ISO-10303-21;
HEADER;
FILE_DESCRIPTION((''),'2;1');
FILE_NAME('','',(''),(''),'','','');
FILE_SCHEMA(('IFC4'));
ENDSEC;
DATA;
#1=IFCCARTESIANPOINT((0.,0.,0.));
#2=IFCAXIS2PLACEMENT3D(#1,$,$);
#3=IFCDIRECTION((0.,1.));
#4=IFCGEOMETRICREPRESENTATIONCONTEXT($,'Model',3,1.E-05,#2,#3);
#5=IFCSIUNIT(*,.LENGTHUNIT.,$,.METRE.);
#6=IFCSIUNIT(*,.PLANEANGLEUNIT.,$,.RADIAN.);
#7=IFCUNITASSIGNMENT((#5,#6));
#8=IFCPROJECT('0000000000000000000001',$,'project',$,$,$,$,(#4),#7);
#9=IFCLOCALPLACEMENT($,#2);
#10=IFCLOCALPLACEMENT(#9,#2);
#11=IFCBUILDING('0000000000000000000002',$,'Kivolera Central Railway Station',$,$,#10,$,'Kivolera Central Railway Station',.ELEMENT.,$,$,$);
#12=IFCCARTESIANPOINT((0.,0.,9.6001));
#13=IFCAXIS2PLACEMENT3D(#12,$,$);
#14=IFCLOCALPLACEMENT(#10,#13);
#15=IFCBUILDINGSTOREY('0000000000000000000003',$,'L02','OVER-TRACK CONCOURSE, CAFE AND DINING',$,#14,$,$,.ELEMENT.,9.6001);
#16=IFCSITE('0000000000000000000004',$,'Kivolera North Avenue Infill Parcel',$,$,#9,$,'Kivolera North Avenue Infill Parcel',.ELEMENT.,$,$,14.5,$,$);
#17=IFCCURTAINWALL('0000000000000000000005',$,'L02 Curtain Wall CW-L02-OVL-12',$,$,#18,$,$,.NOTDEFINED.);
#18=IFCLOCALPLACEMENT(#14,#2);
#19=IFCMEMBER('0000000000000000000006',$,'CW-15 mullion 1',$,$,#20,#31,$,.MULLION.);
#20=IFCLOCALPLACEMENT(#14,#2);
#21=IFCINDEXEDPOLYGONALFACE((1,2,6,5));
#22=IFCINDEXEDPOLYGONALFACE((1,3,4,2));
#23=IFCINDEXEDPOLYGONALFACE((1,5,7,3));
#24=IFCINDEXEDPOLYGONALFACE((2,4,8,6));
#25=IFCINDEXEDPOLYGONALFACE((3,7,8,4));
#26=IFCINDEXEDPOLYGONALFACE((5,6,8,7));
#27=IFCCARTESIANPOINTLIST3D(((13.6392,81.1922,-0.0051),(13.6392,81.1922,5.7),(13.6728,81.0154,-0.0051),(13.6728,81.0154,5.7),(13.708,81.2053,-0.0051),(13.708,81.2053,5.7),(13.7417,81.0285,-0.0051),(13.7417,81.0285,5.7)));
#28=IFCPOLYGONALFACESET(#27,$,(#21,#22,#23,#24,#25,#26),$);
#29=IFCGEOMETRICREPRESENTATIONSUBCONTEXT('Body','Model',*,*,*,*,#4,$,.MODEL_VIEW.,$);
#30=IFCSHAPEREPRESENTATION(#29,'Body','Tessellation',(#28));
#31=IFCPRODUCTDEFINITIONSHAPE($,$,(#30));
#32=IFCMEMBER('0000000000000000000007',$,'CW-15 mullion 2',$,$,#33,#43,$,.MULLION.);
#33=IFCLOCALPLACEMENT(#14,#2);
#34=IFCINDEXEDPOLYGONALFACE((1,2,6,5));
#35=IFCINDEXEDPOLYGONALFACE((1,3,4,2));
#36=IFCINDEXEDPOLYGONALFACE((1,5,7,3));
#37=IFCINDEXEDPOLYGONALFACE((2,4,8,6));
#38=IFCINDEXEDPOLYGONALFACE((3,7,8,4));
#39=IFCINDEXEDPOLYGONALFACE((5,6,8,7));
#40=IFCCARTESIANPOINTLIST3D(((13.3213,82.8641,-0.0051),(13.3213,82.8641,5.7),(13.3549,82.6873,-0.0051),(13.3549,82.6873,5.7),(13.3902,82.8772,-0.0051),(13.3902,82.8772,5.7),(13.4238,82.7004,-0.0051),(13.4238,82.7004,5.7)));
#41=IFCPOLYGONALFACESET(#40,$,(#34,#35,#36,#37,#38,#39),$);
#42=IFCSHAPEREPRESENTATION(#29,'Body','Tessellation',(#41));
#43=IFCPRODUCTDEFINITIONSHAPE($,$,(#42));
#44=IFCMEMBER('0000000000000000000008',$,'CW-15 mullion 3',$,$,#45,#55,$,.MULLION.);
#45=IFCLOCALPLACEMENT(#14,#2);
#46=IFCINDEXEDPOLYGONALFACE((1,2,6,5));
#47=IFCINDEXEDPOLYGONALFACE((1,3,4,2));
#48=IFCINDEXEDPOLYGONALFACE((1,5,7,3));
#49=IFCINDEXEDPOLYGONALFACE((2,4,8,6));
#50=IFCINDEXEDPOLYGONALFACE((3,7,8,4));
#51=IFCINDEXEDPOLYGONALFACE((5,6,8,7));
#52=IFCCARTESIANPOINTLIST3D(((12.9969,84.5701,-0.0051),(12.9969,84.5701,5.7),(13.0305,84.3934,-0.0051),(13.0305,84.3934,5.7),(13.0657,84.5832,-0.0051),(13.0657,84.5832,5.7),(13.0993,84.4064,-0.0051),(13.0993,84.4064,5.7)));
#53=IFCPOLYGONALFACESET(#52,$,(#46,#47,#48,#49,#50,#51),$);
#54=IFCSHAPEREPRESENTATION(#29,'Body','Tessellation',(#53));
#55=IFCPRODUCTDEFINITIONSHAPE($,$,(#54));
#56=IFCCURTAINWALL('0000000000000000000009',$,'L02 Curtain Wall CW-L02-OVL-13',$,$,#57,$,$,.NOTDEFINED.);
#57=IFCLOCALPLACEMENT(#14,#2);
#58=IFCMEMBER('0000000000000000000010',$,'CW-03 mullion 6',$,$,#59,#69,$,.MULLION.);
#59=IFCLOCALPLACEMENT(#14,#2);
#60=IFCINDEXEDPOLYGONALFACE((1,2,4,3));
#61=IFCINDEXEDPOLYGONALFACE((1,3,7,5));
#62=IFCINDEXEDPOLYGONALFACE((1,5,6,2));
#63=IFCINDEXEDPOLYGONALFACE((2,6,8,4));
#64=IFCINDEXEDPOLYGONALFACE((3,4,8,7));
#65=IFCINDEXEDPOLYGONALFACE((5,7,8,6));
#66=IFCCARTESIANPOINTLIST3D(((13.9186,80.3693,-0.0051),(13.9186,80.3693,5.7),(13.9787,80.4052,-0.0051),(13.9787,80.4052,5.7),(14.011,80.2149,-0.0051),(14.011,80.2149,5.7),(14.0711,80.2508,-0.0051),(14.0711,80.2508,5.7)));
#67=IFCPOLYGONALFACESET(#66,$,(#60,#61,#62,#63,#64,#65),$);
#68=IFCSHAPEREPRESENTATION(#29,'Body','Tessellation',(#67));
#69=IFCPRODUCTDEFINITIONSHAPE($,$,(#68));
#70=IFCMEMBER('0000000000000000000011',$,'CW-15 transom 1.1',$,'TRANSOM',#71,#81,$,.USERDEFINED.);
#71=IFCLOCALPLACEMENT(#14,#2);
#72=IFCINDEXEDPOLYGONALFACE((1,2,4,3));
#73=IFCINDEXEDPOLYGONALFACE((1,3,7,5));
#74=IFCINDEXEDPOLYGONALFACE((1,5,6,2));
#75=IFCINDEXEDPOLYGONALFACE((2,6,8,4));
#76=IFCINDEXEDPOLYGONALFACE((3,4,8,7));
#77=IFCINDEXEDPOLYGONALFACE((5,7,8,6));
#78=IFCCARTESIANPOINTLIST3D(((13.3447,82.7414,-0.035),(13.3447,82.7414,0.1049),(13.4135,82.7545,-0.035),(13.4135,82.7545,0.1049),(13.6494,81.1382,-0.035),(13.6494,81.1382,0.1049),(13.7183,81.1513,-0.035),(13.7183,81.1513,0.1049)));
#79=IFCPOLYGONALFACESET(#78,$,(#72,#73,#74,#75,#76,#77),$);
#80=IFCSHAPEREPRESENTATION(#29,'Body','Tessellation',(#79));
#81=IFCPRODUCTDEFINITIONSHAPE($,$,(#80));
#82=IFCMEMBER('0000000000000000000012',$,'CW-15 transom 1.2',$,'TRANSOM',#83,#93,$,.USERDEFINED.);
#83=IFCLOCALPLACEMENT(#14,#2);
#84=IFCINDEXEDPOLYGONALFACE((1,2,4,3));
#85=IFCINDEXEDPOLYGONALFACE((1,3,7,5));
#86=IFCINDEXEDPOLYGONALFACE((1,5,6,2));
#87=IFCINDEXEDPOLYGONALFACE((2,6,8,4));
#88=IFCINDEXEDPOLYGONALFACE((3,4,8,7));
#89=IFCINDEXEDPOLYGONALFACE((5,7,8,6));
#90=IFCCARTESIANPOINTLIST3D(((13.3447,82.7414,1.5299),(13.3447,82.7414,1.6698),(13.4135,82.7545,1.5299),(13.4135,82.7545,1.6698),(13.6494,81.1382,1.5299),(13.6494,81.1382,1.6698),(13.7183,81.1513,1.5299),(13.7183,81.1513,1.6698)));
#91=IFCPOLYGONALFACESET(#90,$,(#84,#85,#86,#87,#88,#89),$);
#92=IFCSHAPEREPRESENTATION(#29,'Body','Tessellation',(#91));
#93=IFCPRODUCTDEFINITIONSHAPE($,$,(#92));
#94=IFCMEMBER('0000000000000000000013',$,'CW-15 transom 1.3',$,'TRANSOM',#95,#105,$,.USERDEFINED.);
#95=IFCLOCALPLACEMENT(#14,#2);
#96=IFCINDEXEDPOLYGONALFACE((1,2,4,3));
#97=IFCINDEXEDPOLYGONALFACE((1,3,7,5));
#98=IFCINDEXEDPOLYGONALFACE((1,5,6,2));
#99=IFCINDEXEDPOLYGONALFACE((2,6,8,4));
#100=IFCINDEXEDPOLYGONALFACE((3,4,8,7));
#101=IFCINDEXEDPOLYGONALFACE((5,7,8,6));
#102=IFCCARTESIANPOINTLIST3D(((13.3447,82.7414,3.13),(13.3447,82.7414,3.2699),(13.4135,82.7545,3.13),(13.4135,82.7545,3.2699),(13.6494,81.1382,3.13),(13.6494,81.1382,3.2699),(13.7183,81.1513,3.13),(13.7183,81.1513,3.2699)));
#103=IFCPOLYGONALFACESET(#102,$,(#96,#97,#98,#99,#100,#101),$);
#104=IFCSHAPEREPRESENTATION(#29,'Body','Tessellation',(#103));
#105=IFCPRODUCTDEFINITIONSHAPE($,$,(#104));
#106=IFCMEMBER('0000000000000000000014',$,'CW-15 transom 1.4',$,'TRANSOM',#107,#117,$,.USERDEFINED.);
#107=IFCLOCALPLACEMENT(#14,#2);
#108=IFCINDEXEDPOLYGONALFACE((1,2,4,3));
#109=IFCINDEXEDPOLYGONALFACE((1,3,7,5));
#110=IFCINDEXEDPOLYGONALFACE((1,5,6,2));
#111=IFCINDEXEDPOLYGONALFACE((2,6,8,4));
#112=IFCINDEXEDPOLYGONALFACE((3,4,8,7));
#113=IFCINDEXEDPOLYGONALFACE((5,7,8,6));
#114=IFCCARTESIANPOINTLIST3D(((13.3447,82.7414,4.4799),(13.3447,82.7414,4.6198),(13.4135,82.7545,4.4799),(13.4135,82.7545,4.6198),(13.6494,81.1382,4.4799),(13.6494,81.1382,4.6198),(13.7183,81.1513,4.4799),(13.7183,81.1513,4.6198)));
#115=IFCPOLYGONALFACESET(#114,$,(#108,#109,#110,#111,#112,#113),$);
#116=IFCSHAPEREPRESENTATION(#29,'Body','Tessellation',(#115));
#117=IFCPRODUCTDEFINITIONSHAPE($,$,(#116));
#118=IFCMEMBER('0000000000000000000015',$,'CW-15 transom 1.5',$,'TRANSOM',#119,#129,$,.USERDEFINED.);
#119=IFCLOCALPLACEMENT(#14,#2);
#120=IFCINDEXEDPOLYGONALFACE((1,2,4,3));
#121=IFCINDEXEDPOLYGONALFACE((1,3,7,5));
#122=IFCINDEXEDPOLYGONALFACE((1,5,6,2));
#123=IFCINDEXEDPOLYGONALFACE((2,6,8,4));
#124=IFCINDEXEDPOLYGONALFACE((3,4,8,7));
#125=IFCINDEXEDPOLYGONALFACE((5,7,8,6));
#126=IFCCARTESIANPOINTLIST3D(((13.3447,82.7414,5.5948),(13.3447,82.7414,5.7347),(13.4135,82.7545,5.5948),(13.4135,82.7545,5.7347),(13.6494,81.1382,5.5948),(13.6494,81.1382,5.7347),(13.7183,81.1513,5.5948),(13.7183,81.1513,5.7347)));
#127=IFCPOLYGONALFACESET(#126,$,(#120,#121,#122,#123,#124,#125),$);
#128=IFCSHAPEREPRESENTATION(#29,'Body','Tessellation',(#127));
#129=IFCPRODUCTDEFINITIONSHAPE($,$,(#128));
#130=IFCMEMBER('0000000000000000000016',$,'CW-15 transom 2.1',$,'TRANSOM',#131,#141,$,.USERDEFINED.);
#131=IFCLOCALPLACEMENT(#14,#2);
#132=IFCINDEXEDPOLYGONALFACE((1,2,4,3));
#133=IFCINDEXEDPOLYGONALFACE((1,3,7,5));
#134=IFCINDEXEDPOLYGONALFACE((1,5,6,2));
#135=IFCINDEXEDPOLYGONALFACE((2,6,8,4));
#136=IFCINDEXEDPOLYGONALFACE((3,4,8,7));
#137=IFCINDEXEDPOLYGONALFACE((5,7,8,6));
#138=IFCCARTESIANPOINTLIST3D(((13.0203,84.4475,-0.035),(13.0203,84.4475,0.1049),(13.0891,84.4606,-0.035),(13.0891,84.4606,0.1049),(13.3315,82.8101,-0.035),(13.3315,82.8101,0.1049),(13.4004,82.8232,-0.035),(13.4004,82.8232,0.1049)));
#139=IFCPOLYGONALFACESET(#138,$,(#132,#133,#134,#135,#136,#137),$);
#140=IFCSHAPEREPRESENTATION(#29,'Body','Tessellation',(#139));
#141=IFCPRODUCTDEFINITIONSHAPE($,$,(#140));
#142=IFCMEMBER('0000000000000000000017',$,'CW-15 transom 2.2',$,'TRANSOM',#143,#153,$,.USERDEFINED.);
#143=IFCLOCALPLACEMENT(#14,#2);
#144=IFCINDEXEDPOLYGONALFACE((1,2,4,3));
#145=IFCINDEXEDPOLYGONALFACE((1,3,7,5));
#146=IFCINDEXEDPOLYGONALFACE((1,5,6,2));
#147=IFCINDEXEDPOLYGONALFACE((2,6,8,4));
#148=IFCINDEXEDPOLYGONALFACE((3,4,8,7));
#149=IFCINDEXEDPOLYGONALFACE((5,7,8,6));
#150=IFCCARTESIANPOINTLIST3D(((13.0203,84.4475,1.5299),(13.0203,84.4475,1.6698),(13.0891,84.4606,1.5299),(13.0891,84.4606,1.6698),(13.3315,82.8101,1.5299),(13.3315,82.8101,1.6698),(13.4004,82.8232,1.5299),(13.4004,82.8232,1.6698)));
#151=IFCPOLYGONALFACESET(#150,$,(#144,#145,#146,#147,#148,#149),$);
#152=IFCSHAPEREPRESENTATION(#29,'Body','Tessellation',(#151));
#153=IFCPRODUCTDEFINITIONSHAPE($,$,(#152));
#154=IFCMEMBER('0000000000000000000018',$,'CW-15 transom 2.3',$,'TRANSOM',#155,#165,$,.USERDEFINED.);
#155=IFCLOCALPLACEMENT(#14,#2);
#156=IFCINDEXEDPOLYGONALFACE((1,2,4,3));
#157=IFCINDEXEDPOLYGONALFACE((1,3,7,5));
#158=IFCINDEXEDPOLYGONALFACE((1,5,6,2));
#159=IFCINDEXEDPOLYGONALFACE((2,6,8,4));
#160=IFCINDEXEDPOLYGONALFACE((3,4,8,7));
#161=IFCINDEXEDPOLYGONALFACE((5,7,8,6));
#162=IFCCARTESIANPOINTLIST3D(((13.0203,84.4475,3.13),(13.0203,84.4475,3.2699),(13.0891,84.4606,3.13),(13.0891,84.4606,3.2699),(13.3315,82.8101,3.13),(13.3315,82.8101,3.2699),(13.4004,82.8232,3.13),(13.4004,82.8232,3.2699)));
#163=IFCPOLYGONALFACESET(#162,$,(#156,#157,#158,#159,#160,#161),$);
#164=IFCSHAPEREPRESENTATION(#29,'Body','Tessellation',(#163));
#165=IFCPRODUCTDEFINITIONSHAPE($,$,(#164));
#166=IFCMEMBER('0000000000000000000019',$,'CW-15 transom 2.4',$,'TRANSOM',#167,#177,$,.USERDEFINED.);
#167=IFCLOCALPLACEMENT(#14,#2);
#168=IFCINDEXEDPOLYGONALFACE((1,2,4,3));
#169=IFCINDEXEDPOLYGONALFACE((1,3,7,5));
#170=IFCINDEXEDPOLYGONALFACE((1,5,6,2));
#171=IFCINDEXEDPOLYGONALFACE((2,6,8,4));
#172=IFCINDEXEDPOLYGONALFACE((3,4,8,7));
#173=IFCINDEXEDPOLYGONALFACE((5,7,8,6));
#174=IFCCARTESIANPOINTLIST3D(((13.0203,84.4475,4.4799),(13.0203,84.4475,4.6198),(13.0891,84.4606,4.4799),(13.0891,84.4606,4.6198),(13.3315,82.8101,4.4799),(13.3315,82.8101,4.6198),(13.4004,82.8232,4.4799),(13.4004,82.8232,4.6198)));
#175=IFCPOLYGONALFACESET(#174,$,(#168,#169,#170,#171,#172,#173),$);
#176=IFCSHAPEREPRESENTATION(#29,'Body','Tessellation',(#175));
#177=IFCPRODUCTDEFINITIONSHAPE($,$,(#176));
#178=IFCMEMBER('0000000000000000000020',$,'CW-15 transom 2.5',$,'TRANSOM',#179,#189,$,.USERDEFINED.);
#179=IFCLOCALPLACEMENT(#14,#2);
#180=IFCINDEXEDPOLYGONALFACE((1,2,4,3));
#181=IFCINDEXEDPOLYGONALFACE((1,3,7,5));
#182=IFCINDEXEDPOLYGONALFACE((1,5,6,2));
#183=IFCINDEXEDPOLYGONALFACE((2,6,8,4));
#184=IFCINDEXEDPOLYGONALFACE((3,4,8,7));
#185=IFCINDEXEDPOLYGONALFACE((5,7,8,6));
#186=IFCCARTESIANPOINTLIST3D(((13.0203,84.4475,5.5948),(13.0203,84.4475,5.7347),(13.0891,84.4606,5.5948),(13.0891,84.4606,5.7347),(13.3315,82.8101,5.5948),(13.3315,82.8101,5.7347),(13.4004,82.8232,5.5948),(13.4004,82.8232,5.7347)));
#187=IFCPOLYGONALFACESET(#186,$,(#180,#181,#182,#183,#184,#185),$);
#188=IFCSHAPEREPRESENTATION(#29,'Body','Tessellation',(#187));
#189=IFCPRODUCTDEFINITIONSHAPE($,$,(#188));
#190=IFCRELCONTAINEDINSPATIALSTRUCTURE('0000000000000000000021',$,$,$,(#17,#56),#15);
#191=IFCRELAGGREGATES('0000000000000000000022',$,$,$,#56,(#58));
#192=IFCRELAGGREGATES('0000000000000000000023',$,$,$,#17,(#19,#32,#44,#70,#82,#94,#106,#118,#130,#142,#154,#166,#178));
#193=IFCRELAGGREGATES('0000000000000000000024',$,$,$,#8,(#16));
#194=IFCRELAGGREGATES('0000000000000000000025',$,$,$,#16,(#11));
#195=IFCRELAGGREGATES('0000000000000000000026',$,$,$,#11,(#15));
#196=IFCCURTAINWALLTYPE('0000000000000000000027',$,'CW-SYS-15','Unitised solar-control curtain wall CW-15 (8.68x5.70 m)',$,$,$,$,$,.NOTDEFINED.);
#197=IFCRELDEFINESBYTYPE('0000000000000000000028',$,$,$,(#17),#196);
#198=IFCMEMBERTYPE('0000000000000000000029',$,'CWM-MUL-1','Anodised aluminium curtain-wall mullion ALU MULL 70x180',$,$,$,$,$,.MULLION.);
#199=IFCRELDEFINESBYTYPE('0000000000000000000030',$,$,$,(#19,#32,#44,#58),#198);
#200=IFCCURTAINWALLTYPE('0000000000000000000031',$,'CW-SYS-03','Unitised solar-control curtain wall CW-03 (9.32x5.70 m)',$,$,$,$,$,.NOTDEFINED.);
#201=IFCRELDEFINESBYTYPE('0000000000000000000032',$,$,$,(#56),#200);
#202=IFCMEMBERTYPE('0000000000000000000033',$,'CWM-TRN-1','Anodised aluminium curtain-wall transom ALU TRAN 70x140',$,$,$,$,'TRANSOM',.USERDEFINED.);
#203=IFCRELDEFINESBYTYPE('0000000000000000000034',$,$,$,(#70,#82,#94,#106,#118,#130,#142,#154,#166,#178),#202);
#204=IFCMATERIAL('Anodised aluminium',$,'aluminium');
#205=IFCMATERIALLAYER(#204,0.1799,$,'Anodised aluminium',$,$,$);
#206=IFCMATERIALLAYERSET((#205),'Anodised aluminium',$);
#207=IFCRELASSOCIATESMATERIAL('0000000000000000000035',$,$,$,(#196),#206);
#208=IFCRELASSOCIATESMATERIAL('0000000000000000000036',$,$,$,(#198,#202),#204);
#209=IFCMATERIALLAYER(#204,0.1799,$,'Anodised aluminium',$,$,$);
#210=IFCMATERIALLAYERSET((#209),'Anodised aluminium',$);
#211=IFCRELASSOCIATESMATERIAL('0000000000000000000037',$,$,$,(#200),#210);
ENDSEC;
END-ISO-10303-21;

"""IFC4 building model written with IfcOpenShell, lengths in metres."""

from ifc_helpers import new_model, si_unit, direction, frame, origin, origin_2d, place, context, subcontext, project, spatial, rectangle, extrude, material, layer, layer_set, material_profile, profile_set, type_object, element, aggregate, save


model = new_model("IFC4")

# Units and contexts
model_context = context("Model", 3, precision=1e-05, world=origin(), true_north=direction((0.0, 1.0)))
body_context = subcontext(model_context, "Body", "Model", "MODEL_VIEW")
ifc_project = project(units=[si_unit("LENGTHUNIT", "METRE"), si_unit("PLANEANGLEUNIT", "RADIAN")], contexts=[model_context])

# Site, building, storey
site_placement = place(None, origin())
site = spatial("IfcSite", under=ifc_project, at=site_placement, Name="Kivolera North Avenue Infill Parcel", LongName="Kivolera North Avenue Infill Parcel", CompositionType="ELEMENT", RefElevation=14.5)
building_placement = place(site_placement, origin())
building = spatial("IfcBuilding", under=site, at=building_placement, Name="Kivolera Central Railway Station", LongName="Kivolera Central Railway Station", CompositionType="ELEMENT")
storey_placement = place(building_placement, frame((0.0, 0.0, 9.6001)))
storey = spatial("IfcBuildingStorey", under=building, at=storey_placement, Name="L02", Description="OVER-TRACK CONCOURSE, CAFE AND DINING", CompositionType="ELEMENT", Elevation=9.6001)

# Curtain wall, members
ifc_material_1 = material(Name="Anodised aluminium", Category="aluminium")
ifc_layer_1 = layer(ifc_material_1, 0.1799, Name="Anodised aluminium")
ifc_layer_set_1 = layer_set([ifc_layer_1], Name="Anodised aluminium")
curtain_wall_type_1 = type_object("IfcCurtainWallType", Name="CW-SYS-15", Description="Unitised solar-control curtain wall CW-15 (8.68x5.70 m)", PredefinedType="NOTDEFINED", material=ifc_layer_set_1)
curtain_wall_1_placement = place(storey_placement, origin())
curtain_wall_1 = element("IfcCurtainWall", 1, at=curtain_wall_1_placement, inside=storey, type_object=curtain_wall_type_1, Name="L02 Curtain Wall CW-L02-OVL-12", PredefinedType="NOTDEFINED")
ifc_material_profile_1 = material_profile(ifc_material_1, rectangle(XDim=0.0701, YDim=0.1799, at=origin_2d()), Name="ALU MULL 70x180")
ifc_profile_set_1 = profile_set([ifc_material_profile_1], Name="Anodised aluminium")
member_type_1 = type_object("IfcMemberType", Name="CWM-MUL-1", Description="Anodised aluminium curtain-wall mullion ALU MULL 70x180", PredefinedType="MULLION", material=ifc_profile_set_1)
member_1_placement = place(storey_placement, frame((13.6904, 81.1104, -0.0051), z_axis=(0.0, 0.0, 1.0), x_axis=(-0.982401, -0.186784, 0.0)))
member_1 = element("IfcMember", 2, at=member_1_placement, type_object=member_type_1, Name="CW-15 mullion 1", PredefinedType="MULLION", context=body_context, shape_type="SweptSolid", body=[
    extrude(rectangle(XDim=0.0701, YDim=0.1799, at=origin_2d()), origin(), (0.0, 0.0, 1.0), 5.7051),
])
member_2_placement = place(storey_placement, frame((13.3726, 82.7822, -0.0051), z_axis=(0.0, 0.0, 1.0), x_axis=(-0.982401, -0.186784, 0.0)))
member_2 = element("IfcMember", 3, at=member_2_placement, type_object=member_type_1, Name="CW-15 mullion 2", PredefinedType="MULLION", context=body_context, shape_type="SweptSolid", body=[
    extrude(rectangle(XDim=0.0701, YDim=0.1799, at=origin_2d()), origin(), (0.0, 0.0, 1.0), 5.7051),
])
member_3_placement = place(storey_placement, frame((13.0481, 84.4883, -0.0051), z_axis=(0.0, 0.0, 1.0), x_axis=(-0.982401, -0.186784, 0.0)))
member_3 = element("IfcMember", 4, at=member_3_placement, type_object=member_type_1, Name="CW-15 mullion 3", PredefinedType="MULLION", context=body_context, shape_type="SweptSolid", body=[
    extrude(rectangle(XDim=0.0701, YDim=0.1799, at=origin_2d()), origin(), (0.0, 0.0, 1.0), 5.7051),
])

# Curtain wall, member
ifc_layer_2 = layer(ifc_material_1, 0.1799, Name="Anodised aluminium")
ifc_layer_set_2 = layer_set([ifc_layer_2], Name="Anodised aluminium")
curtain_wall_type_2 = type_object("IfcCurtainWallType", Name="CW-SYS-03", Description="Unitised solar-control curtain wall CW-03 (9.32x5.70 m)", PredefinedType="NOTDEFINED", material=ifc_layer_set_2)
curtain_wall_2_placement = place(storey_placement, origin())
curtain_wall_2 = element("IfcCurtainWall", 5, at=curtain_wall_2_placement, inside=storey, type_object=curtain_wall_type_2, Name="L02 Curtain Wall CW-L02-OVL-13", PredefinedType="NOTDEFINED")
member_4_placement = place(storey_placement, frame((13.9949, 80.3101, -0.0051), z_axis=(0.0, 0.0, 1.0), x_axis=(-0.858117, -0.513454, 0.0)))
member_4 = element("IfcMember", 6, at=member_4_placement, type_object=member_type_1, Name="CW-03 mullion 6", PredefinedType="MULLION", context=body_context, shape_type="SweptSolid", body=[
    extrude(rectangle(XDim=0.0701, YDim=0.1799, at=origin_2d()), origin(), (0.0, 0.0, 1.0), 5.7051),
])

# Members
ifc_material_profile_2 = material_profile(ifc_material_1, rectangle(XDim=0.0701, YDim=0.1399, at=origin_2d()), Name="ALU TRAN 70x140")
ifc_profile_set_2 = profile_set([ifc_material_profile_2], Name="Anodised aluminium")
member_type_2 = type_object("IfcMemberType", Name="CWM-TRN-1", Description="Anodised aluminium curtain-wall transom ALU TRAN 70x140", ElementType="TRANSOM", PredefinedType="USERDEFINED", material=ifc_profile_set_2)
member_5_placement = place(storey_placement, frame((13.6838, 81.1448, 0.0349), z_axis=(-0.186727, 0.982412, 0.0), x_axis=(-0.982412, -0.186727, 0.0)))
member_5 = element("IfcMember", 7, at=member_5_placement, type_object=member_type_2, Name="CW-15 transom 1.1", ObjectType="TRANSOM", PredefinedType="USERDEFINED", context=body_context, shape_type="SweptSolid", body=[
    extrude(rectangle(XDim=0.0701, YDim=0.1399, at=origin_2d()), origin(), (0.0, 0.0, 1.0), 1.6318),
])
member_6_placement = place(storey_placement, frame((13.6838, 81.1448, 1.5999), z_axis=(-0.186727, 0.982412, 0.0), x_axis=(-0.982412, -0.186727, 0.0)))
member_6 = element("IfcMember", 8, at=member_6_placement, type_object=member_type_2, Name="CW-15 transom 1.2", ObjectType="TRANSOM", PredefinedType="USERDEFINED", context=body_context, shape_type="SweptSolid", body=[
    extrude(rectangle(XDim=0.0701, YDim=0.1399, at=origin_2d()), origin(), (0.0, 0.0, 1.0), 1.6318),
])
member_7_placement = place(storey_placement, frame((13.6838, 81.1448, 3.2), z_axis=(-0.186727, 0.982412, 0.0), x_axis=(-0.982412, -0.186727, 0.0)))
member_7 = element("IfcMember", 9, at=member_7_placement, type_object=member_type_2, Name="CW-15 transom 1.3", ObjectType="TRANSOM", PredefinedType="USERDEFINED", context=body_context, shape_type="SweptSolid", body=[
    extrude(rectangle(XDim=0.0701, YDim=0.1399, at=origin_2d()), origin(), (0.0, 0.0, 1.0), 1.6318),
])
member_8_placement = place(storey_placement, frame((13.6838, 81.1448, 4.5498), z_axis=(-0.186727, 0.982412, 0.0), x_axis=(-0.982412, -0.186727, 0.0)))
member_8 = element("IfcMember", 10, at=member_8_placement, type_object=member_type_2, Name="CW-15 transom 1.4", ObjectType="TRANSOM", PredefinedType="USERDEFINED", context=body_context, shape_type="SweptSolid", body=[
    extrude(rectangle(XDim=0.0701, YDim=0.1399, at=origin_2d()), origin(), (0.0, 0.0, 1.0), 1.6318),
])
member_9_placement = place(storey_placement, frame((13.6838, 81.1448, 5.6648), z_axis=(-0.186727, 0.982412, 0.0), x_axis=(-0.982412, -0.186727, 0.0)))
member_9 = element("IfcMember", 11, at=member_9_placement, type_object=member_type_2, Name="CW-15 transom 1.5", ObjectType="TRANSOM", PredefinedType="USERDEFINED", context=body_context, shape_type="SweptSolid", body=[
    extrude(rectangle(XDim=0.0701, YDim=0.1399, at=origin_2d()), origin(), (0.0, 0.0, 1.0), 1.6318),
])
member_10_placement = place(storey_placement, frame((13.366, 82.8167, 0.0349), z_axis=(-0.186755, 0.982406, 0.0), x_axis=(-0.982406, -0.186755, 0.0)))
member_10 = element("IfcMember", 12, at=member_10_placement, type_object=member_type_2, Name="CW-15 transom 2.1", ObjectType="TRANSOM", PredefinedType="USERDEFINED", context=body_context, shape_type="SweptSolid", body=[
    extrude(rectangle(XDim=0.0701, YDim=0.1399, at=origin_2d()), origin(), (0.0, 0.0, 1.0), 1.6667),
])
member_11_placement = place(storey_placement, frame((13.366, 82.8167, 1.5999), z_axis=(-0.186755, 0.982406, 0.0), x_axis=(-0.982406, -0.186755, 0.0)))
member_11 = element("IfcMember", 13, at=member_11_placement, type_object=member_type_2, Name="CW-15 transom 2.2", ObjectType="TRANSOM", PredefinedType="USERDEFINED", context=body_context, shape_type="SweptSolid", body=[
    extrude(rectangle(XDim=0.0701, YDim=0.1399, at=origin_2d()), origin(), (0.0, 0.0, 1.0), 1.6667),
])
member_12_placement = place(storey_placement, frame((13.366, 82.8167, 3.2), z_axis=(-0.186755, 0.982406, 0.0), x_axis=(-0.982406, -0.186755, 0.0)))
member_12 = element("IfcMember", 14, at=member_12_placement, type_object=member_type_2, Name="CW-15 transom 2.3", ObjectType="TRANSOM", PredefinedType="USERDEFINED", context=body_context, shape_type="SweptSolid", body=[
    extrude(rectangle(XDim=0.0701, YDim=0.1399, at=origin_2d()), origin(), (0.0, 0.0, 1.0), 1.6667),
])
member_13_placement = place(storey_placement, frame((13.366, 82.8167, 4.5498), z_axis=(-0.186755, 0.982406, 0.0), x_axis=(-0.982406, -0.186755, 0.0)))
member_13 = element("IfcMember", 15, at=member_13_placement, type_object=member_type_2, Name="CW-15 transom 2.4", ObjectType="TRANSOM", PredefinedType="USERDEFINED", context=body_context, shape_type="SweptSolid", body=[
    extrude(rectangle(XDim=0.0701, YDim=0.1399, at=origin_2d()), origin(), (0.0, 0.0, 1.0), 1.6667),
])
member_14_placement = place(storey_placement, frame((13.366, 82.8167, 5.6648), z_axis=(-0.186755, 0.982406, 0.0), x_axis=(-0.982406, -0.186755, 0.0)))
member_14 = element("IfcMember", 16, at=member_14_placement, type_object=member_type_2, Name="CW-15 transom 2.5", ObjectType="TRANSOM", PredefinedType="USERDEFINED", context=body_context, shape_type="SweptSolid", body=[
    extrude(rectangle(XDim=0.0701, YDim=0.1399, at=origin_2d()), origin(), (0.0, 0.0, 1.0), 1.6667),
])

aggregate(curtain_wall_2, [member_4])
aggregate(curtain_wall_1, [member_1, member_2, member_3, member_5, member_6, member_7, member_8, member_9, member_10, member_11, member_12, member_13, member_14])

save(model, "model.ifc")
